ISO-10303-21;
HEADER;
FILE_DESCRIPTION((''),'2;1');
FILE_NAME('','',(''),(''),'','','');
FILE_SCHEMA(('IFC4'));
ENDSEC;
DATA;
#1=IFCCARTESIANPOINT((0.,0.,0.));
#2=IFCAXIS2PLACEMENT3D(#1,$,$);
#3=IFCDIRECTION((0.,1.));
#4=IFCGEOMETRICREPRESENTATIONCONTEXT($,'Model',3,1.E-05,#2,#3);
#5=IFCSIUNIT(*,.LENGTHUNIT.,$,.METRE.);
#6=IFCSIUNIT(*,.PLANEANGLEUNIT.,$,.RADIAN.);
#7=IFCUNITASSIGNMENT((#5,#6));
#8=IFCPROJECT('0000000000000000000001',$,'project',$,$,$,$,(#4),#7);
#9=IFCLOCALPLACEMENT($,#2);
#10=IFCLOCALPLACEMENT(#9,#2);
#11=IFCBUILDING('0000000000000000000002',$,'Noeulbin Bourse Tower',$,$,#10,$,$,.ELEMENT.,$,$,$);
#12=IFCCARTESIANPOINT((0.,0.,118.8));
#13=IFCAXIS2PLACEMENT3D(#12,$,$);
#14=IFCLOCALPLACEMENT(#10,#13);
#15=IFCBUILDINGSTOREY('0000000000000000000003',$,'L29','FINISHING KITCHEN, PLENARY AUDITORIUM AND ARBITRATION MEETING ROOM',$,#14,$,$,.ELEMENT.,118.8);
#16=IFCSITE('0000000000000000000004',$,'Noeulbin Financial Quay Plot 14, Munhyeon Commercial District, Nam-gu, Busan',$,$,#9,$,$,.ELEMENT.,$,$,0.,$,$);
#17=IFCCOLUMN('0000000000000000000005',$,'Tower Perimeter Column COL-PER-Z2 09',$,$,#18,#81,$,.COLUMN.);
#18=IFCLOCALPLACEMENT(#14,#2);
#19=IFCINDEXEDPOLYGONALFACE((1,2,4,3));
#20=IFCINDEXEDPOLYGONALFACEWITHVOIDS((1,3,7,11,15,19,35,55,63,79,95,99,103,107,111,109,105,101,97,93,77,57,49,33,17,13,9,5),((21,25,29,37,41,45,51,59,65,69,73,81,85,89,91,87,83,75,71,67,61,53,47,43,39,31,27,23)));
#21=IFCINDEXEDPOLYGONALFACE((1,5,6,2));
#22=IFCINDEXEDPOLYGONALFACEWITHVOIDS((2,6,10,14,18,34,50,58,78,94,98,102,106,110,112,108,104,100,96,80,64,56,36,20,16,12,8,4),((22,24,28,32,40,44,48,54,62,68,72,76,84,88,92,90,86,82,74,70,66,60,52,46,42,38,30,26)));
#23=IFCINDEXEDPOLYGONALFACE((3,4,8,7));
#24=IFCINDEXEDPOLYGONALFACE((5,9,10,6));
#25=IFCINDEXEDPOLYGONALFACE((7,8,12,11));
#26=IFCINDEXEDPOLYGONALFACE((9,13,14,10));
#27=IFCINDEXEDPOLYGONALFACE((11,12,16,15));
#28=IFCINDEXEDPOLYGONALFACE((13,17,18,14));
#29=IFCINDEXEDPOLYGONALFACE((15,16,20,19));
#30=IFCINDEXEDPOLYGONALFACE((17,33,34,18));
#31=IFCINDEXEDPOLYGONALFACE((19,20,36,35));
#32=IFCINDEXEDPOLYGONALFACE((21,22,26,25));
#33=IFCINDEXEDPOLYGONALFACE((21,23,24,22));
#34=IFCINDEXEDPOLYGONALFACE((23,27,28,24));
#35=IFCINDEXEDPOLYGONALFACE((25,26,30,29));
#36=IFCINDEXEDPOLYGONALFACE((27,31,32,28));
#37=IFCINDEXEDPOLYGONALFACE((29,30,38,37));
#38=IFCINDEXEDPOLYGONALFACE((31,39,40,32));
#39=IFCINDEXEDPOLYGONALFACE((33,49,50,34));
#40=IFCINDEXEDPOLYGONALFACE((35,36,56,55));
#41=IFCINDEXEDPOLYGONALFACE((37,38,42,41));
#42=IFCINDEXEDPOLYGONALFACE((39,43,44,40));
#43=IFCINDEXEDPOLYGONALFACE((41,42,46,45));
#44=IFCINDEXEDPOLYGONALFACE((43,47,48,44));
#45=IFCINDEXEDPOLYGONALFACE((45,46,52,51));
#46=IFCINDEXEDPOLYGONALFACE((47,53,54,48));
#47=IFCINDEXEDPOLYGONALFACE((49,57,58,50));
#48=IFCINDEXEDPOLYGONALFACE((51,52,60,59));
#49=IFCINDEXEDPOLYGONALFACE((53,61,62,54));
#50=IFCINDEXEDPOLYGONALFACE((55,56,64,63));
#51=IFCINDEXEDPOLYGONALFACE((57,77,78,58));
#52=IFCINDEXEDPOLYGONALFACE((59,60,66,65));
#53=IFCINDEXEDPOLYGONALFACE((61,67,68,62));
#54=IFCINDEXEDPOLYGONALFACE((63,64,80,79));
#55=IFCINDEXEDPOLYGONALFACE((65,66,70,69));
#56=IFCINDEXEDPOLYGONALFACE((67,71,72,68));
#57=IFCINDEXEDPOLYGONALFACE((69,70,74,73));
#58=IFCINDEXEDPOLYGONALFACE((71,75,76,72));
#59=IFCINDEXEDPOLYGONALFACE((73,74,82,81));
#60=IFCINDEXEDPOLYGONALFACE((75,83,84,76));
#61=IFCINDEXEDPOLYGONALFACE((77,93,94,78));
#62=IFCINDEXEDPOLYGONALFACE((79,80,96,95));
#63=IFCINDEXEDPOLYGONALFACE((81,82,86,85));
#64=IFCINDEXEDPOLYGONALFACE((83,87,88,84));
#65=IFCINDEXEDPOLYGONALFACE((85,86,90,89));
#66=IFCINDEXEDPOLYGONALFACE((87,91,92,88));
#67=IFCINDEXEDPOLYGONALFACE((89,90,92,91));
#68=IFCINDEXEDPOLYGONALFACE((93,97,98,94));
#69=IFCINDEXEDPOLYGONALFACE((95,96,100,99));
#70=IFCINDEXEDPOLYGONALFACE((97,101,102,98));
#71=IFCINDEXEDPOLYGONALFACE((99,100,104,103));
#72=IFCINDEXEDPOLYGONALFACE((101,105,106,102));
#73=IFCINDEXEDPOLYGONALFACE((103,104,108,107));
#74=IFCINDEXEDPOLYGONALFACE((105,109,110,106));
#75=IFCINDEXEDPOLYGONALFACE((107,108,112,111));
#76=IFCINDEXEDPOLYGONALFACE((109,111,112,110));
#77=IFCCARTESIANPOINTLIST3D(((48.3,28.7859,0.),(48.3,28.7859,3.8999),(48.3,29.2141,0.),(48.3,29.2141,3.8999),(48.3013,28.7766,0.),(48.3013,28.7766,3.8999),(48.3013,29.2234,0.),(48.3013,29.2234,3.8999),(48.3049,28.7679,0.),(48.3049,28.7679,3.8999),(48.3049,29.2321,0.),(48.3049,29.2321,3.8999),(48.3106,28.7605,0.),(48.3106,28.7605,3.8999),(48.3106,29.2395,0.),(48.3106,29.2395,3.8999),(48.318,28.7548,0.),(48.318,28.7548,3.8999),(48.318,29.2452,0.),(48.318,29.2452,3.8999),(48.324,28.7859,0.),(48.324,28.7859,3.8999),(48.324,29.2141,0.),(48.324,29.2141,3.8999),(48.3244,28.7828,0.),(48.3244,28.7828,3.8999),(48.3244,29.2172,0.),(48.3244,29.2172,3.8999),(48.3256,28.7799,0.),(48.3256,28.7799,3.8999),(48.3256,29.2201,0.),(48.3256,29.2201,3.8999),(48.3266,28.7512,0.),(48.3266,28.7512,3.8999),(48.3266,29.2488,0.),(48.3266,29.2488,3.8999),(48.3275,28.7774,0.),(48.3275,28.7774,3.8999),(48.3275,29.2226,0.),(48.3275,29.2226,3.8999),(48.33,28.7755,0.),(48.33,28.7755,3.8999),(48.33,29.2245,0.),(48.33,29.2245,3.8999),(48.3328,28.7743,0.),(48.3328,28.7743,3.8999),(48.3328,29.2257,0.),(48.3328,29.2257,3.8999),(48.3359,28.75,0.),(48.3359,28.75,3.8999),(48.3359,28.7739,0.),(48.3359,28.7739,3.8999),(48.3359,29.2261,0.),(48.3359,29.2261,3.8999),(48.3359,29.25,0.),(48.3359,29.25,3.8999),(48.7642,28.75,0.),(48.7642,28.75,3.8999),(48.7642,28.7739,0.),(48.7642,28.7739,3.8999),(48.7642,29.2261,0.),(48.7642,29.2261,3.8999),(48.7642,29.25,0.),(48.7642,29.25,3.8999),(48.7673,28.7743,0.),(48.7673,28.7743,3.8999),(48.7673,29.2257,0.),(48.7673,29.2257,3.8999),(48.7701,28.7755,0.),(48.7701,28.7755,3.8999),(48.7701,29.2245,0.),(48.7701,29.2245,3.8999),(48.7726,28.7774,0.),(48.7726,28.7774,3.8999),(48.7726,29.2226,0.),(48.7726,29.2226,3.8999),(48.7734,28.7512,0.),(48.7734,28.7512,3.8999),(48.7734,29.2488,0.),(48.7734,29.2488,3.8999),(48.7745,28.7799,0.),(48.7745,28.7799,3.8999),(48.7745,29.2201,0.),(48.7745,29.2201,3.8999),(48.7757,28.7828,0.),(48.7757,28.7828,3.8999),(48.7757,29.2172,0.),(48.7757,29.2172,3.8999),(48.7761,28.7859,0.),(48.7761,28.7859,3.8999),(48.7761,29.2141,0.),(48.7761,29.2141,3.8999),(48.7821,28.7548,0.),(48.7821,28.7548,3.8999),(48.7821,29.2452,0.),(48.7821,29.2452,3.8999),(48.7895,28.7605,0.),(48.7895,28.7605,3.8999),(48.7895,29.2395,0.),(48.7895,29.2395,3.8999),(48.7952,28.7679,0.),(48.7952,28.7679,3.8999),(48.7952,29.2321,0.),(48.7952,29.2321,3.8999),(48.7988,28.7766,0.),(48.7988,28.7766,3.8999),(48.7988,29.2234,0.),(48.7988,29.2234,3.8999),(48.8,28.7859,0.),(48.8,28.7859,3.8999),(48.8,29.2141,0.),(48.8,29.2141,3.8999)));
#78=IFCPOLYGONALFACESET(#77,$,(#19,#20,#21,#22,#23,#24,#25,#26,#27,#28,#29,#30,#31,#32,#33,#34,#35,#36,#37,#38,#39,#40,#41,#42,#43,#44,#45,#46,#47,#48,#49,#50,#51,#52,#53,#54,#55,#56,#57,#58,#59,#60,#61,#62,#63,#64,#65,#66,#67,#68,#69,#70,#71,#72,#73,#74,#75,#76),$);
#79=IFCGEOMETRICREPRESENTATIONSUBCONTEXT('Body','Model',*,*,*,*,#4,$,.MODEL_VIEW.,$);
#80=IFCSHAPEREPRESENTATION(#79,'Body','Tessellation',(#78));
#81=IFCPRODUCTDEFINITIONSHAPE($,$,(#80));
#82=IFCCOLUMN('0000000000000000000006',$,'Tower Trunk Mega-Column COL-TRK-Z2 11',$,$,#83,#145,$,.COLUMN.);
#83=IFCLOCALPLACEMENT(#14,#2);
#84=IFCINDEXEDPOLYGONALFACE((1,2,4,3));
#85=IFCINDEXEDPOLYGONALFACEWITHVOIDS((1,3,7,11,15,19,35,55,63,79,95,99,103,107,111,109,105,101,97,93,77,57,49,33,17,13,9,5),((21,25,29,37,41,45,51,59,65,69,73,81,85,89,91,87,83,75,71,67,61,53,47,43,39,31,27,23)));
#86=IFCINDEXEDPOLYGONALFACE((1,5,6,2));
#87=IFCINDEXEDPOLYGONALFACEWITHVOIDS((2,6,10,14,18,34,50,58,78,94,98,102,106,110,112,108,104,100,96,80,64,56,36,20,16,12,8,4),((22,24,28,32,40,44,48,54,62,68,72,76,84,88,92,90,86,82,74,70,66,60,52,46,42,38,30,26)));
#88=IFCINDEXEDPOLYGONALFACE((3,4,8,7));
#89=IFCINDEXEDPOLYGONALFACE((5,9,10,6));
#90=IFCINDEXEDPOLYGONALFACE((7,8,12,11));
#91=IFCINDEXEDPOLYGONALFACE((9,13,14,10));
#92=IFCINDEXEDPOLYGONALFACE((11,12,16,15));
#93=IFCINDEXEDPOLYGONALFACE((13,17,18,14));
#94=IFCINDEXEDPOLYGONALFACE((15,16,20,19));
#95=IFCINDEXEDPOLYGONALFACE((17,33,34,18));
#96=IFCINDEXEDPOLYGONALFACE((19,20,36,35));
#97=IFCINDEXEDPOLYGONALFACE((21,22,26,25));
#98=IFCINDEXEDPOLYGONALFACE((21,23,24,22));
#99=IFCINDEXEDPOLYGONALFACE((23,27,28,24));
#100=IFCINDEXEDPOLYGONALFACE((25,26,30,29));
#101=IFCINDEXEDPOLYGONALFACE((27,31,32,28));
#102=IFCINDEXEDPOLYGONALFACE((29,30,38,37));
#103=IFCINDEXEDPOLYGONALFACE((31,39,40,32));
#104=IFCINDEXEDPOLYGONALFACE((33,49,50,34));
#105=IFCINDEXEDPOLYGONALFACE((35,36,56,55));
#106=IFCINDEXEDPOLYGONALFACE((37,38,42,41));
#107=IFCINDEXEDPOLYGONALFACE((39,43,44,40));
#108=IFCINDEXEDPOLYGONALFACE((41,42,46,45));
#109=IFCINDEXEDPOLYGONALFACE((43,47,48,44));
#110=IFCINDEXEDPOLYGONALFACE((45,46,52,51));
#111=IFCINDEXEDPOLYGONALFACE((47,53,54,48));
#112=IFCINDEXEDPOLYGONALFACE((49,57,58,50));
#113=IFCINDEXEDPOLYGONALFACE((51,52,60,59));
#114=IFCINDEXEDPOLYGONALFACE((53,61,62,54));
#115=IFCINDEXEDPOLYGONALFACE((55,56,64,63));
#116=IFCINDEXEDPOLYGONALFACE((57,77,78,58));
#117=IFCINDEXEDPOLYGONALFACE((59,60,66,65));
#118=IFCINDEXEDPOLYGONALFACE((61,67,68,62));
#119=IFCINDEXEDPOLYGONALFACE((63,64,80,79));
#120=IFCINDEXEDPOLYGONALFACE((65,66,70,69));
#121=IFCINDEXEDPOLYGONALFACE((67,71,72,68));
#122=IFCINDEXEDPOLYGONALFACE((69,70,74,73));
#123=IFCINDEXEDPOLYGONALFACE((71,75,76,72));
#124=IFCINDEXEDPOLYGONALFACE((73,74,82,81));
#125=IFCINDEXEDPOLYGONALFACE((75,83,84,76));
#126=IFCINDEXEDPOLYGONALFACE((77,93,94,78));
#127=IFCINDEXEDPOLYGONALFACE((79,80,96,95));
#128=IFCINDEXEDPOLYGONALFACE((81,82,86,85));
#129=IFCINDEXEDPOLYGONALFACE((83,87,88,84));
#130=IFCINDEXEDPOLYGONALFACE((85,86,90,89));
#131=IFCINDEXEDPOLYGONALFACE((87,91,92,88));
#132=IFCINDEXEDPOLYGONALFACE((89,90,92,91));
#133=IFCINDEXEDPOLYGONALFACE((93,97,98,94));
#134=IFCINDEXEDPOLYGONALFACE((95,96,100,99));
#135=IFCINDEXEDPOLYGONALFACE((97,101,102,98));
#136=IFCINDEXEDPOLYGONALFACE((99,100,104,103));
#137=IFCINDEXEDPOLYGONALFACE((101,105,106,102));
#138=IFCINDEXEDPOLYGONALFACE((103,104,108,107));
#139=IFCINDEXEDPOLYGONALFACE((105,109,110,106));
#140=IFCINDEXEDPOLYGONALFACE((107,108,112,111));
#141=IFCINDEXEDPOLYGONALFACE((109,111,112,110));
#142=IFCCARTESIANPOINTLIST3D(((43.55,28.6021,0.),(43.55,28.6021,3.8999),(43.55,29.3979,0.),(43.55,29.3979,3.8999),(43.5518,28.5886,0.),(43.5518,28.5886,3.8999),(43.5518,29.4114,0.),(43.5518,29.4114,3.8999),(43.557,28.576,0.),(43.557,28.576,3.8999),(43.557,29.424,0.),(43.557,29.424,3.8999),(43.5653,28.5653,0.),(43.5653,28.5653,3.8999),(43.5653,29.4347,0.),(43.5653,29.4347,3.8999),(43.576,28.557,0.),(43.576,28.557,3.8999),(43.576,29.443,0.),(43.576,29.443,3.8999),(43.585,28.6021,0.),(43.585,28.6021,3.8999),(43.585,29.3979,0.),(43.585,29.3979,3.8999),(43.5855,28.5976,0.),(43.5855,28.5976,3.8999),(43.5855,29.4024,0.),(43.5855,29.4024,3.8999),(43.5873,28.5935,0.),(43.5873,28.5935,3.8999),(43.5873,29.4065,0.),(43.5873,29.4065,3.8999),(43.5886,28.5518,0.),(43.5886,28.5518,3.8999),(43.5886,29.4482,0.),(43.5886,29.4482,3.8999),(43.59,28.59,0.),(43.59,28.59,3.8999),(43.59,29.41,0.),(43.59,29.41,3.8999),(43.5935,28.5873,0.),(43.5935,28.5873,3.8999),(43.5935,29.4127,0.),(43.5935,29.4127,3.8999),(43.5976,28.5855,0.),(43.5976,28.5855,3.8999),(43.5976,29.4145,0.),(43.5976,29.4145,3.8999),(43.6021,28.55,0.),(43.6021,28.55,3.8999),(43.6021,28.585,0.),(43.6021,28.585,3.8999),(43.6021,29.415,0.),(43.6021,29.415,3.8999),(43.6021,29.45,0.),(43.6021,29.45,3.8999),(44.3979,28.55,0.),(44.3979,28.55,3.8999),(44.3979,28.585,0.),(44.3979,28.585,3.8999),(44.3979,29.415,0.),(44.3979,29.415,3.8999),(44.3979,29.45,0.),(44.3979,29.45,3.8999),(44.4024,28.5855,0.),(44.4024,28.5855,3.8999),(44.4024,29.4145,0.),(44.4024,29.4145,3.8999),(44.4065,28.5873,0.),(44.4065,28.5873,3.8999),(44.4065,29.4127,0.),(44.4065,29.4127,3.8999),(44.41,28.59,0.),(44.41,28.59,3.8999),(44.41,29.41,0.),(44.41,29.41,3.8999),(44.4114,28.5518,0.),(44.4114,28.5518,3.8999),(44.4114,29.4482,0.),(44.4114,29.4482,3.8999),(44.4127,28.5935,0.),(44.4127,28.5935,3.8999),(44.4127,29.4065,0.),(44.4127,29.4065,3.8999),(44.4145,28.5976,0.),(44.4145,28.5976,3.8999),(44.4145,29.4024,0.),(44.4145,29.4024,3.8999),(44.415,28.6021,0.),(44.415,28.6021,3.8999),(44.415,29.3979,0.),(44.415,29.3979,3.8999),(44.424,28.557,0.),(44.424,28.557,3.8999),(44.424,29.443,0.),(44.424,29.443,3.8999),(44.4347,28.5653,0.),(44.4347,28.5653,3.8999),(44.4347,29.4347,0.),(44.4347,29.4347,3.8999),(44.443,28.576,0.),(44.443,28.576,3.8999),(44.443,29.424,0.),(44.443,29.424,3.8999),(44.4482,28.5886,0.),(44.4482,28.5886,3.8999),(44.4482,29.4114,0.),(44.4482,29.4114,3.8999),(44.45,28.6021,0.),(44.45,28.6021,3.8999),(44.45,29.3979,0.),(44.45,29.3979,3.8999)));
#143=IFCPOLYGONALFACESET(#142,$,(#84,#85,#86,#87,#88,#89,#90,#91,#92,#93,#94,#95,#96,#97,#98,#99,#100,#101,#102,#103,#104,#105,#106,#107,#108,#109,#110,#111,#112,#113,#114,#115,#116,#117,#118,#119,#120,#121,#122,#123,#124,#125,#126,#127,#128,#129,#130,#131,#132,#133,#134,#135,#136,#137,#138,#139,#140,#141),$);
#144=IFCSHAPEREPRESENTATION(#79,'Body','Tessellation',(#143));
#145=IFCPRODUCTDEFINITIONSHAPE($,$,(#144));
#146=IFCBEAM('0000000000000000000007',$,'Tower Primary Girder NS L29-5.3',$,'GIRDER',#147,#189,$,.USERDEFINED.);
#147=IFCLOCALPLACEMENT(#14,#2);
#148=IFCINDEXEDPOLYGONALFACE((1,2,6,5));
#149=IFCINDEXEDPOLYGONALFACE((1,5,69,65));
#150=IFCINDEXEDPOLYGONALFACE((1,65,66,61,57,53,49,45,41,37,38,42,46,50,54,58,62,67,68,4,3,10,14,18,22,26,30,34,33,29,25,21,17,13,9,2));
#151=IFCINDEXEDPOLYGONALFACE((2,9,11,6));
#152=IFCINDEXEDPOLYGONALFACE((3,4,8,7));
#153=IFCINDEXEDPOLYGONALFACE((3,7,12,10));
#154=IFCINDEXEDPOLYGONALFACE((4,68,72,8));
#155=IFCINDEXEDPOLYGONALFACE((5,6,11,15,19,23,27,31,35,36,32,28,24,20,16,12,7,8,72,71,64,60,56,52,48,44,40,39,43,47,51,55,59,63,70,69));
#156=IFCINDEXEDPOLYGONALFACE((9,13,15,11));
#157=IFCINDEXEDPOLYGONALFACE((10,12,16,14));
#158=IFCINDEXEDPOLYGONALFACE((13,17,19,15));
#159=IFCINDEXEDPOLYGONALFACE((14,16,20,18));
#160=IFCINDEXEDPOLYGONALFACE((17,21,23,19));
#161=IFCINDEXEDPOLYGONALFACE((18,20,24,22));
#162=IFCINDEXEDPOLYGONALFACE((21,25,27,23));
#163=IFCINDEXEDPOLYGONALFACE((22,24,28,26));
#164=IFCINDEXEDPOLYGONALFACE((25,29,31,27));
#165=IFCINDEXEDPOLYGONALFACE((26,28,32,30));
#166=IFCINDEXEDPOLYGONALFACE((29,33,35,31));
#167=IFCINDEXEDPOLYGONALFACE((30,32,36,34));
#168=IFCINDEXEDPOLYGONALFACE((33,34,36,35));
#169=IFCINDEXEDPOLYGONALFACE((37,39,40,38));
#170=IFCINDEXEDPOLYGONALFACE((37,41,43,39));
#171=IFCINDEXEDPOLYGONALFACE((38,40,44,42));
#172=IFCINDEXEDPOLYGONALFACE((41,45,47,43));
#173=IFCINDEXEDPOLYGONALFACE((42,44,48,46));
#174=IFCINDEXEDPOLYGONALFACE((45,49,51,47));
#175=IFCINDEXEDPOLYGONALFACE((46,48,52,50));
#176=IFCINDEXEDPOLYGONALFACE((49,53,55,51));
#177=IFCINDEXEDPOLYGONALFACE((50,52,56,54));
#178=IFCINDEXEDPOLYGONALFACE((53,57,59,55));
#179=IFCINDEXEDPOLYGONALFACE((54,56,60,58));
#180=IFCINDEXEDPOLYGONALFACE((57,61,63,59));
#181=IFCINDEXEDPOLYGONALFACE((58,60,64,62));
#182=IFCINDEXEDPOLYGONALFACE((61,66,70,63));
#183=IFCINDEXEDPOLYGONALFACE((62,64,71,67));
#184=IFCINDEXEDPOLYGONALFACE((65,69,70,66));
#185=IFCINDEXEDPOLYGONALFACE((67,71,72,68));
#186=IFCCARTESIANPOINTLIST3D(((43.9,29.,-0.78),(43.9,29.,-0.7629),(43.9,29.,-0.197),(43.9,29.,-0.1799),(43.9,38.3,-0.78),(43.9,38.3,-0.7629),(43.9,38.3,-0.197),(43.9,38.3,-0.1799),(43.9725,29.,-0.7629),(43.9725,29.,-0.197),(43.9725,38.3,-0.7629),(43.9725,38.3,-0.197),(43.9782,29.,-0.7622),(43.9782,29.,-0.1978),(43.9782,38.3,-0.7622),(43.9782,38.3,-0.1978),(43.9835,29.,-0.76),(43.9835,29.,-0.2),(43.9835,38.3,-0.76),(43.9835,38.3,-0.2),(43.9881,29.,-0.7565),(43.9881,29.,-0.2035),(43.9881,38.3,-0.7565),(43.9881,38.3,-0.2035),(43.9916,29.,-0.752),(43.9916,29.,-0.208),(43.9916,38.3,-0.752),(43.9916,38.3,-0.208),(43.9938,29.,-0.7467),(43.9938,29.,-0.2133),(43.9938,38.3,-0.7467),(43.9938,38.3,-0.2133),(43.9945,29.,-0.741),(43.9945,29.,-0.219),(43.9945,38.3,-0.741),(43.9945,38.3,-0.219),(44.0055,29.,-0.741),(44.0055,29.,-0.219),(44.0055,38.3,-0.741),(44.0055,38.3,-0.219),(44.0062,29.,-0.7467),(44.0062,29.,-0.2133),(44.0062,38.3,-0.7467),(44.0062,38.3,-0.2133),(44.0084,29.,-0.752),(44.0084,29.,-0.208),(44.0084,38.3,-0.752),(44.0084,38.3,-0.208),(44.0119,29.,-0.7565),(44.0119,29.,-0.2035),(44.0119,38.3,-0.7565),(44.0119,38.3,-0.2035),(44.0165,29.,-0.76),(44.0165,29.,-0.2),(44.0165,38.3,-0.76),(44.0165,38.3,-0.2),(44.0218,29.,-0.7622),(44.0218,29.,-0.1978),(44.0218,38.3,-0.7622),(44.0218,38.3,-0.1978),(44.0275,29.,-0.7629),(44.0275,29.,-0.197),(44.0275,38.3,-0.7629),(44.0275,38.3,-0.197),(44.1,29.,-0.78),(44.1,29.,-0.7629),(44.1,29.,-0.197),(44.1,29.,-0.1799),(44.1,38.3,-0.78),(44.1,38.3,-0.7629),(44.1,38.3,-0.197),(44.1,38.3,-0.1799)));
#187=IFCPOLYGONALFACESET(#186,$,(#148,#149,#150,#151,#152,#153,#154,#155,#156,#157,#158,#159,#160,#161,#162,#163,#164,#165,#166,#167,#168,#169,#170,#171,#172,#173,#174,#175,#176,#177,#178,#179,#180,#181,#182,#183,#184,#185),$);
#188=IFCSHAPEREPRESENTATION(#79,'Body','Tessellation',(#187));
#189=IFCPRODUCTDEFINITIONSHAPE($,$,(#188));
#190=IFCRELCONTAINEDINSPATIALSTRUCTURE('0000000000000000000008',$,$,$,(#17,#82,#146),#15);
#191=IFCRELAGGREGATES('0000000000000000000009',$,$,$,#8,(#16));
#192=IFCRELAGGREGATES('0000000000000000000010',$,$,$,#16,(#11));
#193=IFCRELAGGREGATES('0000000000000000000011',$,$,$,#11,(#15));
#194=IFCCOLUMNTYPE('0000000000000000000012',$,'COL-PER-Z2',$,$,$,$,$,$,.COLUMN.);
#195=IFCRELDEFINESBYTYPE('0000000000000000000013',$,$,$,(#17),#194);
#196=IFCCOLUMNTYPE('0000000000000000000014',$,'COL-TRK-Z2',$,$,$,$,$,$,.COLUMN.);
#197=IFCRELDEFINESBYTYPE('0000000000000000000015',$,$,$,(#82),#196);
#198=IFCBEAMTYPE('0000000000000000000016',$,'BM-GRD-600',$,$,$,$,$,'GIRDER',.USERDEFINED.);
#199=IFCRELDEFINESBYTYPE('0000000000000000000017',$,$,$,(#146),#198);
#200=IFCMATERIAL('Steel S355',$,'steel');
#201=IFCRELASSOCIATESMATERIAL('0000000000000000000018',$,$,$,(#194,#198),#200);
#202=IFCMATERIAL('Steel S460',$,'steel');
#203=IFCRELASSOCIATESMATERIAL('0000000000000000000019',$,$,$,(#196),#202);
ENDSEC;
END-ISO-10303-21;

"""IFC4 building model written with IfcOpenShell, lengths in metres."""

from ifc_helpers import new_model, si_unit, direction, frame, origin, origin_2d, place, context, subcontext, project, spatial, hollow_rectangle, i_section, extrude, material, material_profile, profile_set, type_object, element, save


model = new_model("IFC4")

# Units and contexts
model_context = context("Model", 3, precision=1e-05, world=origin(), true_north=direction((0.0, 1.0)))
body_context = subcontext(model_context, "Body", "Model", "MODEL_VIEW")
ifc_project = project(units=[si_unit("LENGTHUNIT", "METRE"), si_unit("PLANEANGLEUNIT", "RADIAN")], contexts=[model_context])

# Site, building, storey
site_placement = place(None, origin())
site = spatial("IfcSite", under=ifc_project, at=site_placement, Name="Noeulbin Financial Quay Plot 14, Munhyeon Commercial District, Nam-gu, Busan", CompositionType="ELEMENT", RefElevation=0.0)
building_placement = place(site_placement, origin())
building = spatial("IfcBuilding", under=site, at=building_placement, Name="Noeulbin Bourse Tower", CompositionType="ELEMENT")
storey_placement = place(building_placement, frame((0.0, 0.0, 118.8)))
storey = spatial("IfcBuildingStorey", under=building, at=storey_placement, Name="L29", Description="FINISHING KITCHEN, PLENARY AUDITORIUM AND ARBITRATION MEETING ROOM", CompositionType="ELEMENT", Elevation=118.8)

# Columns
ifc_material_1 = material(Name="Steel S355", Category="steel")
ifc_material_profile_1 = material_profile(ifc_material_1, hollow_rectangle(XDim=0.5, YDim=0.5, WallThickness=0.0239, InnerFilletRadius=0.012, OuterFilletRadius=0.0359, at=origin_2d()), Name="BOX-500x500x24", Category="LoadBearing")
ifc_profile_set_1 = profile_set([ifc_material_profile_1], Name="Steel S355")
column_type_1 = type_object("IfcColumnType", Name="COL-PER-Z2", PredefinedType="COLUMN", material=ifc_profile_set_1)
column_1_placement = place(storey_placement, frame((48.55, 29.0, 0.0), z_axis=(0.0, 0.0, 1.0), x_axis=(1.0, 0.0, 0.0)))
element("IfcColumn", 1, at=column_1_placement, inside=storey, type_object=column_type_1, Name="Tower Perimeter Column COL-PER-Z2 09", PredefinedType="COLUMN", context=body_context, shape_type="SweptSolid", body=[
    extrude(hollow_rectangle(XDim=0.5, YDim=0.5, WallThickness=0.0239, InnerFilletRadius=0.012, OuterFilletRadius=0.0359, at=origin_2d()), origin(), (0.0, 0.0, 1.0), 3.8999),
])
ifc_material_2 = material(Name="Steel S460", Category="steel")
ifc_material_profile_2 = material_profile(ifc_material_2, hollow_rectangle(XDim=0.8999, YDim=0.8999, WallThickness=0.0349, InnerFilletRadius=0.0171, OuterFilletRadius=0.052, at=origin_2d()), Name="BOX-900x900x35", Category="LoadBearing")
ifc_profile_set_2 = profile_set([ifc_material_profile_2], Name="Steel S460")
column_type_2 = type_object("IfcColumnType", Name="COL-TRK-Z2", PredefinedType="COLUMN", material=ifc_profile_set_2)
column_2_placement = place(storey_placement, frame((44.0, 29.0, 0.0), z_axis=(0.0, 0.0, 1.0), x_axis=(1.0, 0.0, 0.0)))
element("IfcColumn", 2, at=column_2_placement, inside=storey, type_object=column_type_2, Name="Tower Trunk Mega-Column COL-TRK-Z2 11", PredefinedType="COLUMN", context=body_context, shape_type="SweptSolid", body=[
    extrude(hollow_rectangle(XDim=0.8999, YDim=0.8999, WallThickness=0.0349, InnerFilletRadius=0.0171, OuterFilletRadius=0.052, at=origin_2d()), origin(), (0.0, 0.0, 1.0), 3.8999),
])

# Beam
ifc_material_profile_3 = material_profile(ifc_material_1, i_section(OverallWidth=0.2, OverallDepth=0.6001, WebThickness=0.011, FlangeThickness=0.0171, FilletRadius=0.022, at=origin_2d()), Name="H-600x200x11x17", Category="LoadBearing")
ifc_profile_set_3 = profile_set([ifc_material_profile_3], Name="Steel S355")
beam_type_1 = type_object("IfcBeamType", Name="BM-GRD-600", ElementType="GIRDER", PredefinedType="USERDEFINED", material=ifc_profile_set_3)
beam_1_placement = place(storey_placement, frame((44.0, 29.0, -0.48), z_axis=(0.0, 1.0, 0.0), x_axis=(-1.0, 0.0, 0.0)))
element("IfcBeam", 3, at=beam_1_placement, inside=storey, type_object=beam_type_1, Name="Tower Primary Girder NS L29-5.3", ObjectType="GIRDER", PredefinedType="USERDEFINED", context=body_context, shape_type="SweptSolid", body=[
    extrude(i_section(OverallWidth=0.2, OverallDepth=0.6001, WebThickness=0.011, FlangeThickness=0.0171, FilletRadius=0.022, at=origin_2d()), origin(), (0.0, 0.0, 1.0), 9.3),
])

save(model, "model.ifc")
